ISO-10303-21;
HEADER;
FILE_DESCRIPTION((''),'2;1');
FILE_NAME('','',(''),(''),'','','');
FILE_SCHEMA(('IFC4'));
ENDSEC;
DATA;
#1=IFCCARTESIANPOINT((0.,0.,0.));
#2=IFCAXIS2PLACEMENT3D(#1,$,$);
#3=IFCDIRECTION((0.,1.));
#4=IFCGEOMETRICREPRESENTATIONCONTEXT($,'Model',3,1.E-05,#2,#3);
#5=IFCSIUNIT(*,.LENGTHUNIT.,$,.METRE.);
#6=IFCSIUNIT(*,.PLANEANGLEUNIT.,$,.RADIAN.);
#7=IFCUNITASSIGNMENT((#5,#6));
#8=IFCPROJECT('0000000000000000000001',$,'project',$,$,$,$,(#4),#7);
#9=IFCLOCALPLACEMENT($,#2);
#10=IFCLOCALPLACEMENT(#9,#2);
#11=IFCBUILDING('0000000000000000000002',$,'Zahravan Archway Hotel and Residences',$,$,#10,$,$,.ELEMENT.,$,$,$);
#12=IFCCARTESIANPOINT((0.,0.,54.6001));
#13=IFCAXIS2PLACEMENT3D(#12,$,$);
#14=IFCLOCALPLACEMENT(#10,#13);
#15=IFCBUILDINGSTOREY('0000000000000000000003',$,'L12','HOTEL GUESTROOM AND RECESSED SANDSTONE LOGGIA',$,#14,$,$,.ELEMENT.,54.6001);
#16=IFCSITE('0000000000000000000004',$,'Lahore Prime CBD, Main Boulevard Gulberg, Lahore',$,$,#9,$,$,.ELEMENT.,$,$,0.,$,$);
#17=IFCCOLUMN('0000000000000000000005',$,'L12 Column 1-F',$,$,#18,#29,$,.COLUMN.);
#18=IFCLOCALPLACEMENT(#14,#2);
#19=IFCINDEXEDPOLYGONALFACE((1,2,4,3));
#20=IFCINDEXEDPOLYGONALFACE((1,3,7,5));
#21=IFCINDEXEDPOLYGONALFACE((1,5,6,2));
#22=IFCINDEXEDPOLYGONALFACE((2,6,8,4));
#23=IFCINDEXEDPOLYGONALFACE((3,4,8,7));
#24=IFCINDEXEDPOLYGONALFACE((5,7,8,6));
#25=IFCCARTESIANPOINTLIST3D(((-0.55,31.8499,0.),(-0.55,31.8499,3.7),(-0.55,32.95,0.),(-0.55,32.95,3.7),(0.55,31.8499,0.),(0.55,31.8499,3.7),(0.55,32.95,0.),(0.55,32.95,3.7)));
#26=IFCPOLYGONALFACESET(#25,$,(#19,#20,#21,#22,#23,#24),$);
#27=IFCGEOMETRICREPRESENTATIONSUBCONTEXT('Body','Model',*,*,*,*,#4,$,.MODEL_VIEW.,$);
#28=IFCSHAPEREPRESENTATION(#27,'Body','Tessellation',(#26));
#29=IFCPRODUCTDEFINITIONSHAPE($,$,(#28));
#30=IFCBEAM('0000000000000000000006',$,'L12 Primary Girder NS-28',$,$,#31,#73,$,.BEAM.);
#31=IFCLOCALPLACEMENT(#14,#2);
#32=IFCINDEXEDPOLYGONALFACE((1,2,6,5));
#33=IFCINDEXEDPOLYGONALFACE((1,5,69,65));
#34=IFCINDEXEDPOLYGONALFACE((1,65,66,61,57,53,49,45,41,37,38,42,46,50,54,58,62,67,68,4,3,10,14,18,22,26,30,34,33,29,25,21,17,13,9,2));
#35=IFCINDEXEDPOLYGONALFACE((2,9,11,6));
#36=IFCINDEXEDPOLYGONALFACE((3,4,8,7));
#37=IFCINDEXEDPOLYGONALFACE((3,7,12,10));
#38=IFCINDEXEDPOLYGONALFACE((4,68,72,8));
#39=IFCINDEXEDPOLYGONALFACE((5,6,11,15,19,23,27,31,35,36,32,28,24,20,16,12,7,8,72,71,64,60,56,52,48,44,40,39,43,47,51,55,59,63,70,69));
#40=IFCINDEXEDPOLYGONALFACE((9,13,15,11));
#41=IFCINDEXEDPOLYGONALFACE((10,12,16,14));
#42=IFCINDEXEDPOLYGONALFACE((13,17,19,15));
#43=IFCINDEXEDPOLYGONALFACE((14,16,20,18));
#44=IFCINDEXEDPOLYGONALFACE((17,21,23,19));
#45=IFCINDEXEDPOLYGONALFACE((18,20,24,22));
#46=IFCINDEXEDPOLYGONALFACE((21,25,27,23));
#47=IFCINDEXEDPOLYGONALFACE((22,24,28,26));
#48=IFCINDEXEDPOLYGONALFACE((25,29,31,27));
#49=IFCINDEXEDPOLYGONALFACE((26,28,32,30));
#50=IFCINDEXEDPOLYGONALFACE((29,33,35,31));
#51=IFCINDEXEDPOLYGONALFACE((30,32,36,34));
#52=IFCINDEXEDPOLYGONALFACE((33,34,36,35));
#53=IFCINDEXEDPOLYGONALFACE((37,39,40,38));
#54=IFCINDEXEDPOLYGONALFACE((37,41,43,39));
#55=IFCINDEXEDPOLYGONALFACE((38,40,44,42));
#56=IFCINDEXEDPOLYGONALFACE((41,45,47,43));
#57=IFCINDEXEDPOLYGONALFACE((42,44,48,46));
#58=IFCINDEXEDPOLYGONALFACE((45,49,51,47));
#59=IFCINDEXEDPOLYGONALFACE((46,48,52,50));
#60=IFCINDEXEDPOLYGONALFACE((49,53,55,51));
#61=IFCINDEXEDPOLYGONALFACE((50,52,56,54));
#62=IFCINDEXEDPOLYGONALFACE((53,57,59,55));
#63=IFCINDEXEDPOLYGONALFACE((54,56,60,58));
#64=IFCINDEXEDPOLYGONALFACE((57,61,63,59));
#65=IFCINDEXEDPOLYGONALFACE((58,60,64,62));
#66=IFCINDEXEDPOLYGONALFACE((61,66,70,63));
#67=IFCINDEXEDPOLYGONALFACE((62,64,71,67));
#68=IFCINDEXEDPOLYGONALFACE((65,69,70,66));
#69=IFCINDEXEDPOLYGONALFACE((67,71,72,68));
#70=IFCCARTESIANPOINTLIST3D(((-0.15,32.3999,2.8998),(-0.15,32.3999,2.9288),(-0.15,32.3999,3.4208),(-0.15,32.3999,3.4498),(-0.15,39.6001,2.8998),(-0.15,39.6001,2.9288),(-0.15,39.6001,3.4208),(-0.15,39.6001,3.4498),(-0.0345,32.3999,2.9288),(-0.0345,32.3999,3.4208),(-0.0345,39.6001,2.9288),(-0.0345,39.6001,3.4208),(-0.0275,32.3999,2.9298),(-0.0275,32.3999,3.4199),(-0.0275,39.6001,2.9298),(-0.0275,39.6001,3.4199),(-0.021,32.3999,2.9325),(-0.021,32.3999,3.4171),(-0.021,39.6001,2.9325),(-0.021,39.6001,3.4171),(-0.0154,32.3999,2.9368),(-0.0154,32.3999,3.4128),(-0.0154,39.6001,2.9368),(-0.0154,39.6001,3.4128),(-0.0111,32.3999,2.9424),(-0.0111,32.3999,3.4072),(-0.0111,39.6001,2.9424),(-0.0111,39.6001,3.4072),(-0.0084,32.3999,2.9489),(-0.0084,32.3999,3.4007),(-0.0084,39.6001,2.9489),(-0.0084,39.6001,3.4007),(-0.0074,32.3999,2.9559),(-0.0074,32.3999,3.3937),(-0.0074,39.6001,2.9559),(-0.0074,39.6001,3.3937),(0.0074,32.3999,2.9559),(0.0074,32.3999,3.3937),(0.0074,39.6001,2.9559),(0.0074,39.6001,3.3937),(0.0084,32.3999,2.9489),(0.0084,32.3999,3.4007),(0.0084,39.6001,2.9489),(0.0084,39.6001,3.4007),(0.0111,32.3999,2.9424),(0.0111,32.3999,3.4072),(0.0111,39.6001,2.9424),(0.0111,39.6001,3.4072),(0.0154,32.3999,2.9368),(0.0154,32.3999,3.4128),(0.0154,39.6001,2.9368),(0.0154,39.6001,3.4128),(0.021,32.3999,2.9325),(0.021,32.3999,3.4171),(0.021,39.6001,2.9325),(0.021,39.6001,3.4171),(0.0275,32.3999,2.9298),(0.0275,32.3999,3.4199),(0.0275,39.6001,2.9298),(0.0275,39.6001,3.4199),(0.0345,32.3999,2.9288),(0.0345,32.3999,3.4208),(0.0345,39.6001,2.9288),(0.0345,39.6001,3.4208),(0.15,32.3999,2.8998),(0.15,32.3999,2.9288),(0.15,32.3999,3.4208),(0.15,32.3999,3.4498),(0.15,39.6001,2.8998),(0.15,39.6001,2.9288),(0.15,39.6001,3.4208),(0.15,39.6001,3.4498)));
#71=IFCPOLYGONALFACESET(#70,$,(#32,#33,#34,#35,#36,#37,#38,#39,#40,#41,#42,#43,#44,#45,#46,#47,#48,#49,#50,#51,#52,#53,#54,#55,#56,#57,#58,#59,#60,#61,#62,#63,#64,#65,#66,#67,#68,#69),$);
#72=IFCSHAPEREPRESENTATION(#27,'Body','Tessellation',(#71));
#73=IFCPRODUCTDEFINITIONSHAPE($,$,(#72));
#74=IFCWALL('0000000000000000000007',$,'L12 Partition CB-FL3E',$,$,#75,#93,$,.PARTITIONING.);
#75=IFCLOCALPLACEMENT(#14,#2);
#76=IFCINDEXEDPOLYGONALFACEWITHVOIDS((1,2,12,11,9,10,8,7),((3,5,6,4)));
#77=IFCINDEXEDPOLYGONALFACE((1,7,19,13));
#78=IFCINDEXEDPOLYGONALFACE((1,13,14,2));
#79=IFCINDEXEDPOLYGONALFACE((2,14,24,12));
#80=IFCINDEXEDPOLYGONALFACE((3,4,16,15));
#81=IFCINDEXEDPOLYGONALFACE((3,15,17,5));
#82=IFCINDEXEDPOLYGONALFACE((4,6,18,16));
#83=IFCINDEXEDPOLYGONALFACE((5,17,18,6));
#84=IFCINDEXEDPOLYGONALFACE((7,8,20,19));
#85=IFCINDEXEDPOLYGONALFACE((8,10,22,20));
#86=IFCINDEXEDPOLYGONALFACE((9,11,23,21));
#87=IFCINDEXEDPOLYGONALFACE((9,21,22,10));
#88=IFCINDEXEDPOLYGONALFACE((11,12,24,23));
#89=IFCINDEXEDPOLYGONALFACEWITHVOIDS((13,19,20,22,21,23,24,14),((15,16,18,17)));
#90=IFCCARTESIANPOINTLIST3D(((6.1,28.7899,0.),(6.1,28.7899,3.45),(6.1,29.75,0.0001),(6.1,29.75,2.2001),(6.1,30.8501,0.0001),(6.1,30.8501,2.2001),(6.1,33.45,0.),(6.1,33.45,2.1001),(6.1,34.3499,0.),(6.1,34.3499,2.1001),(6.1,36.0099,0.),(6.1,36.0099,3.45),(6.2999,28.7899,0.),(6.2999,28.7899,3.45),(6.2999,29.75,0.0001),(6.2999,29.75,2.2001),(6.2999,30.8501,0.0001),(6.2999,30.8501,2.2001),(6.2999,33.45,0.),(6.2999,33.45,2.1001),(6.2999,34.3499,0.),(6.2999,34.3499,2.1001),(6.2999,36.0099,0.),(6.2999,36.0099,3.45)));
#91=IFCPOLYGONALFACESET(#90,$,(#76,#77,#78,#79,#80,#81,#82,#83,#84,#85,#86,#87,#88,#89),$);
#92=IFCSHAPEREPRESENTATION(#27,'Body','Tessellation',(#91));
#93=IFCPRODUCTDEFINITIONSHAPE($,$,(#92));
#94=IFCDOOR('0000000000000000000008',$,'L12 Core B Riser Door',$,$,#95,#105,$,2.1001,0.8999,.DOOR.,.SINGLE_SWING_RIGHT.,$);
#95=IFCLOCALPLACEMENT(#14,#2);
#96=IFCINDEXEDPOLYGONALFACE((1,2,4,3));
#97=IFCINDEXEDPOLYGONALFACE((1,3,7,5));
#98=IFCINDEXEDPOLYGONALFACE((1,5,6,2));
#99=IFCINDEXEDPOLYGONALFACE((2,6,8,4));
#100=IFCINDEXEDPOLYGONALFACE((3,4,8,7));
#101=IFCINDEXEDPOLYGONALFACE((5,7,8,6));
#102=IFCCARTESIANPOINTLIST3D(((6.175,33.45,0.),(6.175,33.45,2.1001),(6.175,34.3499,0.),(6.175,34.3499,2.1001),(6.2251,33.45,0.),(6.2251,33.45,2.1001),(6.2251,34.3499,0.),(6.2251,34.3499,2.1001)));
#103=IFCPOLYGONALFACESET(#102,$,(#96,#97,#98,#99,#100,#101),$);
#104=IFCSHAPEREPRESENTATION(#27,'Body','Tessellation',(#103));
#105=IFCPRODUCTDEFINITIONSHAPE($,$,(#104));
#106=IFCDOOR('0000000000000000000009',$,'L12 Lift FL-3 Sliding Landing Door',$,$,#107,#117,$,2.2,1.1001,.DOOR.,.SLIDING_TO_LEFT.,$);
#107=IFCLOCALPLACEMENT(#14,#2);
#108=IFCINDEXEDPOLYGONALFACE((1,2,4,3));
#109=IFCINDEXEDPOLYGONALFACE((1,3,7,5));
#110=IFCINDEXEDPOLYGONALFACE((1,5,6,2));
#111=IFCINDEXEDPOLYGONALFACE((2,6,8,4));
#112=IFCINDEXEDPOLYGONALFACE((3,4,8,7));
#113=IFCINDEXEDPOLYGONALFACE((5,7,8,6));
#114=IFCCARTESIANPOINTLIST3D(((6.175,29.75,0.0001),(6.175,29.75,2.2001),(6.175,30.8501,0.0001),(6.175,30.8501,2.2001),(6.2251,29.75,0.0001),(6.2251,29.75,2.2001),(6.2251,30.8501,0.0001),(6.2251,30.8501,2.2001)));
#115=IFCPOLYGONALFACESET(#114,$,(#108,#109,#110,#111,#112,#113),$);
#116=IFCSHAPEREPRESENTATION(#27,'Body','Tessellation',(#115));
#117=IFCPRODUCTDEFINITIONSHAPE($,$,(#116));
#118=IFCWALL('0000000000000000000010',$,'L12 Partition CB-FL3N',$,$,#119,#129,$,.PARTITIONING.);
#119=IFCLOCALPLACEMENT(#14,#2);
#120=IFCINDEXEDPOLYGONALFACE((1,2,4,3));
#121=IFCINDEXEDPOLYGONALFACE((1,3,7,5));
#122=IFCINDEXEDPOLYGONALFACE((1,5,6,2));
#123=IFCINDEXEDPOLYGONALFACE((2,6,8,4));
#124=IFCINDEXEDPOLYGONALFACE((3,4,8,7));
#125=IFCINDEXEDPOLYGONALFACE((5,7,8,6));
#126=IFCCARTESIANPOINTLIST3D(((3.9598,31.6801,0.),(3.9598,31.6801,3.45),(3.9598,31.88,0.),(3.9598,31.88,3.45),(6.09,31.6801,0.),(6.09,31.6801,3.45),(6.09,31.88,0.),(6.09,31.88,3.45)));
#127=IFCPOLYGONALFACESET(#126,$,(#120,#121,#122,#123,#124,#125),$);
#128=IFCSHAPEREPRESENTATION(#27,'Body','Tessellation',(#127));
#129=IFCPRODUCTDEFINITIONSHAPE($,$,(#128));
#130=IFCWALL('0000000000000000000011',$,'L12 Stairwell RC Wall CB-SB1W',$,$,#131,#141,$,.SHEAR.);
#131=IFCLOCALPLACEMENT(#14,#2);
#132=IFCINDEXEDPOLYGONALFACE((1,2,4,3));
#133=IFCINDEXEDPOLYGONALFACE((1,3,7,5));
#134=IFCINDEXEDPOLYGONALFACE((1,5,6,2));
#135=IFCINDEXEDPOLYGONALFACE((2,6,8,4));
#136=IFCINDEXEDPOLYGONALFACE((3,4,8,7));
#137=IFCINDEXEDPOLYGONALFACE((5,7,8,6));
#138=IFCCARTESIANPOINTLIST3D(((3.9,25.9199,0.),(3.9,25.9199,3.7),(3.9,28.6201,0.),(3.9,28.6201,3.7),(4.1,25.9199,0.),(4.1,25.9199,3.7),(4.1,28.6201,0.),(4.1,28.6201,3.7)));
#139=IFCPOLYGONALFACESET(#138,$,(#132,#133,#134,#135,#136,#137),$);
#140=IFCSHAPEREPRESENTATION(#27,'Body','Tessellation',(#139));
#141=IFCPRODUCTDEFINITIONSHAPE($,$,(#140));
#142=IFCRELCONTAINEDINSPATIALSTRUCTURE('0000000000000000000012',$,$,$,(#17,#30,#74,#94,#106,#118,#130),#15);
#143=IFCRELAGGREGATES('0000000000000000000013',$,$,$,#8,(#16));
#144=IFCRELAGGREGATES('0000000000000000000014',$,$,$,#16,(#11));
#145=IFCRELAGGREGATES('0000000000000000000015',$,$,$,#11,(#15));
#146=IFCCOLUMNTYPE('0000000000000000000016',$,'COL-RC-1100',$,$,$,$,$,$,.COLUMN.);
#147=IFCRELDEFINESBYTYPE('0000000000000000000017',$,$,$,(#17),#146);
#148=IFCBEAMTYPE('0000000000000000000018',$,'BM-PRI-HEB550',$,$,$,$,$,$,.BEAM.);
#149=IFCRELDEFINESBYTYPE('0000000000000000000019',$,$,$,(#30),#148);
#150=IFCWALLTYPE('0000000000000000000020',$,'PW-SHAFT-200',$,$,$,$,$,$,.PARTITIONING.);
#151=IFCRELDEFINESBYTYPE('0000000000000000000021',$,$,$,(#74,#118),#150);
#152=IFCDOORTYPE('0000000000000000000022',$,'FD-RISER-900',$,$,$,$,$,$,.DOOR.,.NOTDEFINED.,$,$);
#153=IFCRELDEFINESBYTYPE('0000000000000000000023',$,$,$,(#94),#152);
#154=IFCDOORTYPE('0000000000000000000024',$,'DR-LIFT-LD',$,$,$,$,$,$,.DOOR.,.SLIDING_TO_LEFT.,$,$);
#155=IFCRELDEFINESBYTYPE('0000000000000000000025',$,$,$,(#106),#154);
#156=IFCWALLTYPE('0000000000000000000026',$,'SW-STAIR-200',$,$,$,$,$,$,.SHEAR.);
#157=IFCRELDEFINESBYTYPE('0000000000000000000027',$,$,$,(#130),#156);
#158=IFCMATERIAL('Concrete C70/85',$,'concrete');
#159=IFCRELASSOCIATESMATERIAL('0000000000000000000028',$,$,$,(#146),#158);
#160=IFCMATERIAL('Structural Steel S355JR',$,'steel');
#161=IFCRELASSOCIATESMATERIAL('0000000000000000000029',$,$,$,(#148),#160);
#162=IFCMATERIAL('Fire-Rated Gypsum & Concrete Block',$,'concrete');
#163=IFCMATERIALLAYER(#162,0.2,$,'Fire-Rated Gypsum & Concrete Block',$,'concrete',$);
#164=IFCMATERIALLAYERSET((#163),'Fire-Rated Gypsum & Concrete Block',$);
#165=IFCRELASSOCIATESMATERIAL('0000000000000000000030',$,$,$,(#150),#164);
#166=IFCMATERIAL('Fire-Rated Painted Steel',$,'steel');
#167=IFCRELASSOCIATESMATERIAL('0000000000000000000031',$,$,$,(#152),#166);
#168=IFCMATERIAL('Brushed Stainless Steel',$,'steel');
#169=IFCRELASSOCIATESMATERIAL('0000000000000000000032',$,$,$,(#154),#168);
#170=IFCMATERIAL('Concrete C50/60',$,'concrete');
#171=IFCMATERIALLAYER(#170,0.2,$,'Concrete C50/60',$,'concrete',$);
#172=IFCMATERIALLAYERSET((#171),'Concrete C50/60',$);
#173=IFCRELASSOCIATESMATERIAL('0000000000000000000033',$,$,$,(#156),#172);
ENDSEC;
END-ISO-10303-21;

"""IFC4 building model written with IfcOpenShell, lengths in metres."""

from ifc_helpers import new_model, si_unit, direction, frame, frame_2d, origin, origin_2d, place, context, subcontext, project, spatial, rectangle, i_section, extrude, source, transform, mapped, material, layer, layer_set, material_profile, profile_set, type_object, type_shapes, element, fill, save


model = new_model("IFC4")

# Units and contexts
model_context = context("Model", 3, precision=1e-05, world=origin(), true_north=direction((0.0, 1.0)))
body_context = subcontext(model_context, "Body", "Model", "MODEL_VIEW")
ifc_project = project(units=[si_unit("LENGTHUNIT", "METRE"), si_unit("PLANEANGLEUNIT", "RADIAN")], contexts=[model_context])

# Site, building, storey
site_placement = place(None, origin())
site = spatial("IfcSite", under=ifc_project, at=site_placement, Name="Lahore Prime CBD, Main Boulevard Gulberg, Lahore", CompositionType="ELEMENT", RefElevation=0.0)
building_placement = place(site_placement, origin())
building = spatial("IfcBuilding", under=site, at=building_placement, Name="Zahravan Archway Hotel and Residences", CompositionType="ELEMENT")
storey_placement = place(building_placement, frame((0.0, 0.0, 54.6001)))
storey = spatial("IfcBuildingStorey", under=building, at=storey_placement, Name="L12", Description="HOTEL GUESTROOM AND RECESSED SANDSTONE LOGGIA", CompositionType="ELEMENT", Elevation=54.6001)

# Column
ifc_material_1 = material(Name="Concrete C70/85", Category="concrete")
ifc_material_profile_1 = material_profile(ifc_material_1, rectangle(XDim=1.1001, YDim=1.1001, at=origin_2d()), Name="RC 1100x1100", Category="concrete")
ifc_profile_set_1 = profile_set([ifc_material_profile_1], Name="Concrete C70/85")
column_type = type_object("IfcColumnType", Name="COL-RC-1100", PredefinedType="COLUMN", material=ifc_profile_set_1)
shared_shape_1 = source(origin(), body_context, "Body", "SweptSolid", [
    extrude(rectangle(XDim=1.1001, YDim=1.1001, at=origin_2d()), origin(), (0.0, 0.0, 1.0), 3.7),
])
column_placement = place(storey_placement, frame((0.0, 32.3999, 0.0), z_axis=(0.0, 0.0, 1.0), x_axis=(1.0, 0.0, 0.0)))
element("IfcColumn", 1, at=column_placement, inside=storey, type_object=column_type, Name="L12 Column 1-F", PredefinedType="COLUMN", context=body_context, shape_type="MappedRepresentation", body=[
    mapped(shared_shape_1, transform((0.0, 0.0, 0.0), scale=1.0)),
])

# Beam
ifc_material_2 = material(Name="Structural Steel S355JR", Category="steel")
ifc_material_profile_2 = material_profile(ifc_material_2, i_section(OverallWidth=0.3, OverallDepth=0.55, WebThickness=0.0149, FlangeThickness=0.0291, FilletRadius=0.0271, at=origin_2d()), Name="HEB 550", Category="steel")
ifc_profile_set_2 = profile_set([ifc_material_profile_2], Name="Structural Steel S355JR")
beam_type = type_object("IfcBeamType", Name="BM-PRI-HEB550", PredefinedType="BEAM", material=ifc_profile_set_2)
shared_shape_2 = source(origin(), body_context, "Body", "SweptSolid", [
    extrude(i_section(OverallWidth=0.3, OverallDepth=0.55, WebThickness=0.0149, FlangeThickness=0.0291, FilletRadius=0.0271, at=origin_2d()), origin(), (0.0, 0.0, 1.0), 7.2002),
])
type_shapes(beam_type, [shared_shape_2])
beam_placement = place(storey_placement, frame((0.0, 32.3999, 3.1748), z_axis=(0.0, 1.0, 0.0), x_axis=(-1.0, 0.0, 0.0)))
element("IfcBeam", 2, at=beam_placement, inside=storey, type_object=beam_type, Name="L12 Primary Girder NS-28", PredefinedType="BEAM", context=body_context, shape_type="MappedRepresentation", body=[
    mapped(shared_shape_2, transform((0.0, 0.0, 0.0), scale=1.0)),
])

# Wall, openings, doors
ifc_material_3 = material(Name="Fire-Rated Gypsum & Concrete Block", Category="concrete")
ifc_layer_1 = layer(ifc_material_3, 0.2, Name="Fire-Rated Gypsum & Concrete Block", Category="concrete")
ifc_layer_set_1 = layer_set([ifc_layer_1], Name="Fire-Rated Gypsum & Concrete Block")
wall_type_1 = type_object("IfcWallType", Name="PW-SHAFT-200", PredefinedType="PARTITIONING", material=ifc_layer_set_1)
wall_1_placement = place(storey_placement, frame((6.2, 28.79, 0.0), z_axis=(0.0, 0.0, 1.0), x_axis=(0.0, 1.0, 0.0)))
wall_1 = element("IfcWall", 3, at=wall_1_placement, inside=storey, type_object=wall_type_1, Name="L12 Partition CB-FL3E", PredefinedType="PARTITIONING", context=body_context, shape_type="SweptSolid", body=[
    extrude(rectangle(XDim=7.22, YDim=0.2, at=frame_2d((3.6099, 0.0))), origin(), (0.0, 0.0, 1.0), 3.45),
])
opening_1_placement = place(wall_1_placement, frame((4.6599, 0.0, 0.0)))
opening_1 = element("IfcOpeningElement", 4, at=opening_1_placement, cuts=wall_1, PredefinedType="OPENING", context=body_context, shape_type="SweptSolid", body=[
    extrude(rectangle(XDim=0.8999, YDim=2.1001, at=frame_2d((0.45, 1.05))), frame((0.0, 0.1099, 0.0), z_axis=(0.0, -1.0, 0.0), x_axis=(1.0, 0.0, 0.0)), (0.0, 0.0, 1.0), 0.22),
])
opening_2_placement = place(wall_1_placement, frame((0.96, 0.0, 0.0)))
opening_2 = element("IfcOpeningElement", 5, at=opening_2_placement, cuts=wall_1, PredefinedType="OPENING", context=body_context, shape_type="SweptSolid", body=[
    extrude(rectangle(XDim=1.1001, YDim=2.2, at=frame_2d((0.55, 1.1001))), frame((0.0, 0.1099, 0.0), z_axis=(0.0, -1.0, 0.0), x_axis=(1.0, 0.0, 0.0)), (0.0, 0.0, 1.0), 0.22),
])
ifc_material_4 = material(Name="Fire-Rated Painted Steel", Category="steel")
door_type_1 = type_object("IfcDoorType", Name="FD-RISER-900", OperationType="NOTDEFINED", PredefinedType="DOOR", material=ifc_material_4)
shared_shape_3 = source(origin(), body_context, "Body", "SweptSolid", [
    extrude(rectangle(XDim=0.8999, YDim=2.1001, at=frame_2d((0.45, 1.05))), frame((0.0, 0.0249, 0.0), z_axis=(0.0, -1.0, 0.0), x_axis=(1.0, 0.0, 0.0)), (0.0, 0.0, 1.0), 0.05),
])
type_shapes(door_type_1, [shared_shape_3])
door_1_placement = place(opening_1_placement, origin())
door_1 = element("IfcDoor", 6, at=door_1_placement, inside=storey, type_object=door_type_1, Name="L12 Core B Riser Door", OperationType="SINGLE_SWING_RIGHT", OverallHeight=2.1001, OverallWidth=0.8999, PredefinedType="DOOR", context=body_context, shape_type="MappedRepresentation", body=[
    mapped(shared_shape_3, transform((0.0, 0.0, 0.0), scale=1.0)),
])
fill(opening_1, door_1)
ifc_material_5 = material(Name="Brushed Stainless Steel", Category="steel")
door_type_2 = type_object("IfcDoorType", Name="DR-LIFT-LD", OperationType="SLIDING_TO_LEFT", PredefinedType="DOOR", material=ifc_material_5)
shared_shape_4 = source(origin(), body_context, "Body", "SweptSolid", [
    extrude(rectangle(XDim=1.1001, YDim=2.2, at=frame_2d((0.55, 1.1001))), frame((0.0, 0.0249, 0.0), z_axis=(0.0, -1.0, 0.0), x_axis=(1.0, 0.0, 0.0)), (0.0, 0.0, 1.0), 0.05),
])
type_shapes(door_type_2, [shared_shape_4])
door_2_placement = place(opening_2_placement, origin())
door_2 = element("IfcDoor", 7, at=door_2_placement, inside=storey, type_object=door_type_2, Name="L12 Lift FL-3 Sliding Landing Door", OperationType="SLIDING_TO_LEFT", OverallHeight=2.2, OverallWidth=1.1001, PredefinedType="DOOR", context=body_context, shape_type="MappedRepresentation", body=[
    mapped(shared_shape_4, transform((0.0, 0.0, 0.0), scale=1.0)),
])
fill(opening_2, door_2)

# Walls
wall_2_placement = place(storey_placement, frame((3.96, 31.78, 0.0), z_axis=(0.0, 0.0, 1.0), x_axis=(1.0, 0.0, 0.0)))
element("IfcWall", 8, at=wall_2_placement, inside=storey, type_object=wall_type_1, Name="L12 Partition CB-FL3N", PredefinedType="PARTITIONING", context=body_context, shape_type="SweptSolid", body=[
    extrude(rectangle(XDim=2.1301, YDim=0.2, at=frame_2d((1.0649, 0.0))), origin(), (0.0, 0.0, 1.0), 3.45),
])
ifc_material_6 = material(Name="Concrete C50/60", Category="concrete")
ifc_layer_2 = layer(ifc_material_6, 0.2, Name="Concrete C50/60", Category="concrete")
ifc_layer_set_2 = layer_set([ifc_layer_2], Name="Concrete C50/60")
wall_type_2 = type_object("IfcWallType", Name="SW-STAIR-200", PredefinedType="SHEAR", material=ifc_layer_set_2)
wall_3_placement = place(storey_placement, frame((4.0, 25.9199, 0.0), z_axis=(0.0, 0.0, 1.0), x_axis=(0.0, 1.0, 0.0)))
element("IfcWall", 9, at=wall_3_placement, inside=storey, type_object=wall_type_2, Name="L12 Stairwell RC Wall CB-SB1W", PredefinedType="SHEAR", context=body_context, shape_type="SweptSolid", body=[
    extrude(rectangle(XDim=2.7002, YDim=0.2, at=frame_2d((1.3501, 0.0))), origin(), (0.0, 0.0, 1.0), 3.7),
])

save(model, "model.ifc")
